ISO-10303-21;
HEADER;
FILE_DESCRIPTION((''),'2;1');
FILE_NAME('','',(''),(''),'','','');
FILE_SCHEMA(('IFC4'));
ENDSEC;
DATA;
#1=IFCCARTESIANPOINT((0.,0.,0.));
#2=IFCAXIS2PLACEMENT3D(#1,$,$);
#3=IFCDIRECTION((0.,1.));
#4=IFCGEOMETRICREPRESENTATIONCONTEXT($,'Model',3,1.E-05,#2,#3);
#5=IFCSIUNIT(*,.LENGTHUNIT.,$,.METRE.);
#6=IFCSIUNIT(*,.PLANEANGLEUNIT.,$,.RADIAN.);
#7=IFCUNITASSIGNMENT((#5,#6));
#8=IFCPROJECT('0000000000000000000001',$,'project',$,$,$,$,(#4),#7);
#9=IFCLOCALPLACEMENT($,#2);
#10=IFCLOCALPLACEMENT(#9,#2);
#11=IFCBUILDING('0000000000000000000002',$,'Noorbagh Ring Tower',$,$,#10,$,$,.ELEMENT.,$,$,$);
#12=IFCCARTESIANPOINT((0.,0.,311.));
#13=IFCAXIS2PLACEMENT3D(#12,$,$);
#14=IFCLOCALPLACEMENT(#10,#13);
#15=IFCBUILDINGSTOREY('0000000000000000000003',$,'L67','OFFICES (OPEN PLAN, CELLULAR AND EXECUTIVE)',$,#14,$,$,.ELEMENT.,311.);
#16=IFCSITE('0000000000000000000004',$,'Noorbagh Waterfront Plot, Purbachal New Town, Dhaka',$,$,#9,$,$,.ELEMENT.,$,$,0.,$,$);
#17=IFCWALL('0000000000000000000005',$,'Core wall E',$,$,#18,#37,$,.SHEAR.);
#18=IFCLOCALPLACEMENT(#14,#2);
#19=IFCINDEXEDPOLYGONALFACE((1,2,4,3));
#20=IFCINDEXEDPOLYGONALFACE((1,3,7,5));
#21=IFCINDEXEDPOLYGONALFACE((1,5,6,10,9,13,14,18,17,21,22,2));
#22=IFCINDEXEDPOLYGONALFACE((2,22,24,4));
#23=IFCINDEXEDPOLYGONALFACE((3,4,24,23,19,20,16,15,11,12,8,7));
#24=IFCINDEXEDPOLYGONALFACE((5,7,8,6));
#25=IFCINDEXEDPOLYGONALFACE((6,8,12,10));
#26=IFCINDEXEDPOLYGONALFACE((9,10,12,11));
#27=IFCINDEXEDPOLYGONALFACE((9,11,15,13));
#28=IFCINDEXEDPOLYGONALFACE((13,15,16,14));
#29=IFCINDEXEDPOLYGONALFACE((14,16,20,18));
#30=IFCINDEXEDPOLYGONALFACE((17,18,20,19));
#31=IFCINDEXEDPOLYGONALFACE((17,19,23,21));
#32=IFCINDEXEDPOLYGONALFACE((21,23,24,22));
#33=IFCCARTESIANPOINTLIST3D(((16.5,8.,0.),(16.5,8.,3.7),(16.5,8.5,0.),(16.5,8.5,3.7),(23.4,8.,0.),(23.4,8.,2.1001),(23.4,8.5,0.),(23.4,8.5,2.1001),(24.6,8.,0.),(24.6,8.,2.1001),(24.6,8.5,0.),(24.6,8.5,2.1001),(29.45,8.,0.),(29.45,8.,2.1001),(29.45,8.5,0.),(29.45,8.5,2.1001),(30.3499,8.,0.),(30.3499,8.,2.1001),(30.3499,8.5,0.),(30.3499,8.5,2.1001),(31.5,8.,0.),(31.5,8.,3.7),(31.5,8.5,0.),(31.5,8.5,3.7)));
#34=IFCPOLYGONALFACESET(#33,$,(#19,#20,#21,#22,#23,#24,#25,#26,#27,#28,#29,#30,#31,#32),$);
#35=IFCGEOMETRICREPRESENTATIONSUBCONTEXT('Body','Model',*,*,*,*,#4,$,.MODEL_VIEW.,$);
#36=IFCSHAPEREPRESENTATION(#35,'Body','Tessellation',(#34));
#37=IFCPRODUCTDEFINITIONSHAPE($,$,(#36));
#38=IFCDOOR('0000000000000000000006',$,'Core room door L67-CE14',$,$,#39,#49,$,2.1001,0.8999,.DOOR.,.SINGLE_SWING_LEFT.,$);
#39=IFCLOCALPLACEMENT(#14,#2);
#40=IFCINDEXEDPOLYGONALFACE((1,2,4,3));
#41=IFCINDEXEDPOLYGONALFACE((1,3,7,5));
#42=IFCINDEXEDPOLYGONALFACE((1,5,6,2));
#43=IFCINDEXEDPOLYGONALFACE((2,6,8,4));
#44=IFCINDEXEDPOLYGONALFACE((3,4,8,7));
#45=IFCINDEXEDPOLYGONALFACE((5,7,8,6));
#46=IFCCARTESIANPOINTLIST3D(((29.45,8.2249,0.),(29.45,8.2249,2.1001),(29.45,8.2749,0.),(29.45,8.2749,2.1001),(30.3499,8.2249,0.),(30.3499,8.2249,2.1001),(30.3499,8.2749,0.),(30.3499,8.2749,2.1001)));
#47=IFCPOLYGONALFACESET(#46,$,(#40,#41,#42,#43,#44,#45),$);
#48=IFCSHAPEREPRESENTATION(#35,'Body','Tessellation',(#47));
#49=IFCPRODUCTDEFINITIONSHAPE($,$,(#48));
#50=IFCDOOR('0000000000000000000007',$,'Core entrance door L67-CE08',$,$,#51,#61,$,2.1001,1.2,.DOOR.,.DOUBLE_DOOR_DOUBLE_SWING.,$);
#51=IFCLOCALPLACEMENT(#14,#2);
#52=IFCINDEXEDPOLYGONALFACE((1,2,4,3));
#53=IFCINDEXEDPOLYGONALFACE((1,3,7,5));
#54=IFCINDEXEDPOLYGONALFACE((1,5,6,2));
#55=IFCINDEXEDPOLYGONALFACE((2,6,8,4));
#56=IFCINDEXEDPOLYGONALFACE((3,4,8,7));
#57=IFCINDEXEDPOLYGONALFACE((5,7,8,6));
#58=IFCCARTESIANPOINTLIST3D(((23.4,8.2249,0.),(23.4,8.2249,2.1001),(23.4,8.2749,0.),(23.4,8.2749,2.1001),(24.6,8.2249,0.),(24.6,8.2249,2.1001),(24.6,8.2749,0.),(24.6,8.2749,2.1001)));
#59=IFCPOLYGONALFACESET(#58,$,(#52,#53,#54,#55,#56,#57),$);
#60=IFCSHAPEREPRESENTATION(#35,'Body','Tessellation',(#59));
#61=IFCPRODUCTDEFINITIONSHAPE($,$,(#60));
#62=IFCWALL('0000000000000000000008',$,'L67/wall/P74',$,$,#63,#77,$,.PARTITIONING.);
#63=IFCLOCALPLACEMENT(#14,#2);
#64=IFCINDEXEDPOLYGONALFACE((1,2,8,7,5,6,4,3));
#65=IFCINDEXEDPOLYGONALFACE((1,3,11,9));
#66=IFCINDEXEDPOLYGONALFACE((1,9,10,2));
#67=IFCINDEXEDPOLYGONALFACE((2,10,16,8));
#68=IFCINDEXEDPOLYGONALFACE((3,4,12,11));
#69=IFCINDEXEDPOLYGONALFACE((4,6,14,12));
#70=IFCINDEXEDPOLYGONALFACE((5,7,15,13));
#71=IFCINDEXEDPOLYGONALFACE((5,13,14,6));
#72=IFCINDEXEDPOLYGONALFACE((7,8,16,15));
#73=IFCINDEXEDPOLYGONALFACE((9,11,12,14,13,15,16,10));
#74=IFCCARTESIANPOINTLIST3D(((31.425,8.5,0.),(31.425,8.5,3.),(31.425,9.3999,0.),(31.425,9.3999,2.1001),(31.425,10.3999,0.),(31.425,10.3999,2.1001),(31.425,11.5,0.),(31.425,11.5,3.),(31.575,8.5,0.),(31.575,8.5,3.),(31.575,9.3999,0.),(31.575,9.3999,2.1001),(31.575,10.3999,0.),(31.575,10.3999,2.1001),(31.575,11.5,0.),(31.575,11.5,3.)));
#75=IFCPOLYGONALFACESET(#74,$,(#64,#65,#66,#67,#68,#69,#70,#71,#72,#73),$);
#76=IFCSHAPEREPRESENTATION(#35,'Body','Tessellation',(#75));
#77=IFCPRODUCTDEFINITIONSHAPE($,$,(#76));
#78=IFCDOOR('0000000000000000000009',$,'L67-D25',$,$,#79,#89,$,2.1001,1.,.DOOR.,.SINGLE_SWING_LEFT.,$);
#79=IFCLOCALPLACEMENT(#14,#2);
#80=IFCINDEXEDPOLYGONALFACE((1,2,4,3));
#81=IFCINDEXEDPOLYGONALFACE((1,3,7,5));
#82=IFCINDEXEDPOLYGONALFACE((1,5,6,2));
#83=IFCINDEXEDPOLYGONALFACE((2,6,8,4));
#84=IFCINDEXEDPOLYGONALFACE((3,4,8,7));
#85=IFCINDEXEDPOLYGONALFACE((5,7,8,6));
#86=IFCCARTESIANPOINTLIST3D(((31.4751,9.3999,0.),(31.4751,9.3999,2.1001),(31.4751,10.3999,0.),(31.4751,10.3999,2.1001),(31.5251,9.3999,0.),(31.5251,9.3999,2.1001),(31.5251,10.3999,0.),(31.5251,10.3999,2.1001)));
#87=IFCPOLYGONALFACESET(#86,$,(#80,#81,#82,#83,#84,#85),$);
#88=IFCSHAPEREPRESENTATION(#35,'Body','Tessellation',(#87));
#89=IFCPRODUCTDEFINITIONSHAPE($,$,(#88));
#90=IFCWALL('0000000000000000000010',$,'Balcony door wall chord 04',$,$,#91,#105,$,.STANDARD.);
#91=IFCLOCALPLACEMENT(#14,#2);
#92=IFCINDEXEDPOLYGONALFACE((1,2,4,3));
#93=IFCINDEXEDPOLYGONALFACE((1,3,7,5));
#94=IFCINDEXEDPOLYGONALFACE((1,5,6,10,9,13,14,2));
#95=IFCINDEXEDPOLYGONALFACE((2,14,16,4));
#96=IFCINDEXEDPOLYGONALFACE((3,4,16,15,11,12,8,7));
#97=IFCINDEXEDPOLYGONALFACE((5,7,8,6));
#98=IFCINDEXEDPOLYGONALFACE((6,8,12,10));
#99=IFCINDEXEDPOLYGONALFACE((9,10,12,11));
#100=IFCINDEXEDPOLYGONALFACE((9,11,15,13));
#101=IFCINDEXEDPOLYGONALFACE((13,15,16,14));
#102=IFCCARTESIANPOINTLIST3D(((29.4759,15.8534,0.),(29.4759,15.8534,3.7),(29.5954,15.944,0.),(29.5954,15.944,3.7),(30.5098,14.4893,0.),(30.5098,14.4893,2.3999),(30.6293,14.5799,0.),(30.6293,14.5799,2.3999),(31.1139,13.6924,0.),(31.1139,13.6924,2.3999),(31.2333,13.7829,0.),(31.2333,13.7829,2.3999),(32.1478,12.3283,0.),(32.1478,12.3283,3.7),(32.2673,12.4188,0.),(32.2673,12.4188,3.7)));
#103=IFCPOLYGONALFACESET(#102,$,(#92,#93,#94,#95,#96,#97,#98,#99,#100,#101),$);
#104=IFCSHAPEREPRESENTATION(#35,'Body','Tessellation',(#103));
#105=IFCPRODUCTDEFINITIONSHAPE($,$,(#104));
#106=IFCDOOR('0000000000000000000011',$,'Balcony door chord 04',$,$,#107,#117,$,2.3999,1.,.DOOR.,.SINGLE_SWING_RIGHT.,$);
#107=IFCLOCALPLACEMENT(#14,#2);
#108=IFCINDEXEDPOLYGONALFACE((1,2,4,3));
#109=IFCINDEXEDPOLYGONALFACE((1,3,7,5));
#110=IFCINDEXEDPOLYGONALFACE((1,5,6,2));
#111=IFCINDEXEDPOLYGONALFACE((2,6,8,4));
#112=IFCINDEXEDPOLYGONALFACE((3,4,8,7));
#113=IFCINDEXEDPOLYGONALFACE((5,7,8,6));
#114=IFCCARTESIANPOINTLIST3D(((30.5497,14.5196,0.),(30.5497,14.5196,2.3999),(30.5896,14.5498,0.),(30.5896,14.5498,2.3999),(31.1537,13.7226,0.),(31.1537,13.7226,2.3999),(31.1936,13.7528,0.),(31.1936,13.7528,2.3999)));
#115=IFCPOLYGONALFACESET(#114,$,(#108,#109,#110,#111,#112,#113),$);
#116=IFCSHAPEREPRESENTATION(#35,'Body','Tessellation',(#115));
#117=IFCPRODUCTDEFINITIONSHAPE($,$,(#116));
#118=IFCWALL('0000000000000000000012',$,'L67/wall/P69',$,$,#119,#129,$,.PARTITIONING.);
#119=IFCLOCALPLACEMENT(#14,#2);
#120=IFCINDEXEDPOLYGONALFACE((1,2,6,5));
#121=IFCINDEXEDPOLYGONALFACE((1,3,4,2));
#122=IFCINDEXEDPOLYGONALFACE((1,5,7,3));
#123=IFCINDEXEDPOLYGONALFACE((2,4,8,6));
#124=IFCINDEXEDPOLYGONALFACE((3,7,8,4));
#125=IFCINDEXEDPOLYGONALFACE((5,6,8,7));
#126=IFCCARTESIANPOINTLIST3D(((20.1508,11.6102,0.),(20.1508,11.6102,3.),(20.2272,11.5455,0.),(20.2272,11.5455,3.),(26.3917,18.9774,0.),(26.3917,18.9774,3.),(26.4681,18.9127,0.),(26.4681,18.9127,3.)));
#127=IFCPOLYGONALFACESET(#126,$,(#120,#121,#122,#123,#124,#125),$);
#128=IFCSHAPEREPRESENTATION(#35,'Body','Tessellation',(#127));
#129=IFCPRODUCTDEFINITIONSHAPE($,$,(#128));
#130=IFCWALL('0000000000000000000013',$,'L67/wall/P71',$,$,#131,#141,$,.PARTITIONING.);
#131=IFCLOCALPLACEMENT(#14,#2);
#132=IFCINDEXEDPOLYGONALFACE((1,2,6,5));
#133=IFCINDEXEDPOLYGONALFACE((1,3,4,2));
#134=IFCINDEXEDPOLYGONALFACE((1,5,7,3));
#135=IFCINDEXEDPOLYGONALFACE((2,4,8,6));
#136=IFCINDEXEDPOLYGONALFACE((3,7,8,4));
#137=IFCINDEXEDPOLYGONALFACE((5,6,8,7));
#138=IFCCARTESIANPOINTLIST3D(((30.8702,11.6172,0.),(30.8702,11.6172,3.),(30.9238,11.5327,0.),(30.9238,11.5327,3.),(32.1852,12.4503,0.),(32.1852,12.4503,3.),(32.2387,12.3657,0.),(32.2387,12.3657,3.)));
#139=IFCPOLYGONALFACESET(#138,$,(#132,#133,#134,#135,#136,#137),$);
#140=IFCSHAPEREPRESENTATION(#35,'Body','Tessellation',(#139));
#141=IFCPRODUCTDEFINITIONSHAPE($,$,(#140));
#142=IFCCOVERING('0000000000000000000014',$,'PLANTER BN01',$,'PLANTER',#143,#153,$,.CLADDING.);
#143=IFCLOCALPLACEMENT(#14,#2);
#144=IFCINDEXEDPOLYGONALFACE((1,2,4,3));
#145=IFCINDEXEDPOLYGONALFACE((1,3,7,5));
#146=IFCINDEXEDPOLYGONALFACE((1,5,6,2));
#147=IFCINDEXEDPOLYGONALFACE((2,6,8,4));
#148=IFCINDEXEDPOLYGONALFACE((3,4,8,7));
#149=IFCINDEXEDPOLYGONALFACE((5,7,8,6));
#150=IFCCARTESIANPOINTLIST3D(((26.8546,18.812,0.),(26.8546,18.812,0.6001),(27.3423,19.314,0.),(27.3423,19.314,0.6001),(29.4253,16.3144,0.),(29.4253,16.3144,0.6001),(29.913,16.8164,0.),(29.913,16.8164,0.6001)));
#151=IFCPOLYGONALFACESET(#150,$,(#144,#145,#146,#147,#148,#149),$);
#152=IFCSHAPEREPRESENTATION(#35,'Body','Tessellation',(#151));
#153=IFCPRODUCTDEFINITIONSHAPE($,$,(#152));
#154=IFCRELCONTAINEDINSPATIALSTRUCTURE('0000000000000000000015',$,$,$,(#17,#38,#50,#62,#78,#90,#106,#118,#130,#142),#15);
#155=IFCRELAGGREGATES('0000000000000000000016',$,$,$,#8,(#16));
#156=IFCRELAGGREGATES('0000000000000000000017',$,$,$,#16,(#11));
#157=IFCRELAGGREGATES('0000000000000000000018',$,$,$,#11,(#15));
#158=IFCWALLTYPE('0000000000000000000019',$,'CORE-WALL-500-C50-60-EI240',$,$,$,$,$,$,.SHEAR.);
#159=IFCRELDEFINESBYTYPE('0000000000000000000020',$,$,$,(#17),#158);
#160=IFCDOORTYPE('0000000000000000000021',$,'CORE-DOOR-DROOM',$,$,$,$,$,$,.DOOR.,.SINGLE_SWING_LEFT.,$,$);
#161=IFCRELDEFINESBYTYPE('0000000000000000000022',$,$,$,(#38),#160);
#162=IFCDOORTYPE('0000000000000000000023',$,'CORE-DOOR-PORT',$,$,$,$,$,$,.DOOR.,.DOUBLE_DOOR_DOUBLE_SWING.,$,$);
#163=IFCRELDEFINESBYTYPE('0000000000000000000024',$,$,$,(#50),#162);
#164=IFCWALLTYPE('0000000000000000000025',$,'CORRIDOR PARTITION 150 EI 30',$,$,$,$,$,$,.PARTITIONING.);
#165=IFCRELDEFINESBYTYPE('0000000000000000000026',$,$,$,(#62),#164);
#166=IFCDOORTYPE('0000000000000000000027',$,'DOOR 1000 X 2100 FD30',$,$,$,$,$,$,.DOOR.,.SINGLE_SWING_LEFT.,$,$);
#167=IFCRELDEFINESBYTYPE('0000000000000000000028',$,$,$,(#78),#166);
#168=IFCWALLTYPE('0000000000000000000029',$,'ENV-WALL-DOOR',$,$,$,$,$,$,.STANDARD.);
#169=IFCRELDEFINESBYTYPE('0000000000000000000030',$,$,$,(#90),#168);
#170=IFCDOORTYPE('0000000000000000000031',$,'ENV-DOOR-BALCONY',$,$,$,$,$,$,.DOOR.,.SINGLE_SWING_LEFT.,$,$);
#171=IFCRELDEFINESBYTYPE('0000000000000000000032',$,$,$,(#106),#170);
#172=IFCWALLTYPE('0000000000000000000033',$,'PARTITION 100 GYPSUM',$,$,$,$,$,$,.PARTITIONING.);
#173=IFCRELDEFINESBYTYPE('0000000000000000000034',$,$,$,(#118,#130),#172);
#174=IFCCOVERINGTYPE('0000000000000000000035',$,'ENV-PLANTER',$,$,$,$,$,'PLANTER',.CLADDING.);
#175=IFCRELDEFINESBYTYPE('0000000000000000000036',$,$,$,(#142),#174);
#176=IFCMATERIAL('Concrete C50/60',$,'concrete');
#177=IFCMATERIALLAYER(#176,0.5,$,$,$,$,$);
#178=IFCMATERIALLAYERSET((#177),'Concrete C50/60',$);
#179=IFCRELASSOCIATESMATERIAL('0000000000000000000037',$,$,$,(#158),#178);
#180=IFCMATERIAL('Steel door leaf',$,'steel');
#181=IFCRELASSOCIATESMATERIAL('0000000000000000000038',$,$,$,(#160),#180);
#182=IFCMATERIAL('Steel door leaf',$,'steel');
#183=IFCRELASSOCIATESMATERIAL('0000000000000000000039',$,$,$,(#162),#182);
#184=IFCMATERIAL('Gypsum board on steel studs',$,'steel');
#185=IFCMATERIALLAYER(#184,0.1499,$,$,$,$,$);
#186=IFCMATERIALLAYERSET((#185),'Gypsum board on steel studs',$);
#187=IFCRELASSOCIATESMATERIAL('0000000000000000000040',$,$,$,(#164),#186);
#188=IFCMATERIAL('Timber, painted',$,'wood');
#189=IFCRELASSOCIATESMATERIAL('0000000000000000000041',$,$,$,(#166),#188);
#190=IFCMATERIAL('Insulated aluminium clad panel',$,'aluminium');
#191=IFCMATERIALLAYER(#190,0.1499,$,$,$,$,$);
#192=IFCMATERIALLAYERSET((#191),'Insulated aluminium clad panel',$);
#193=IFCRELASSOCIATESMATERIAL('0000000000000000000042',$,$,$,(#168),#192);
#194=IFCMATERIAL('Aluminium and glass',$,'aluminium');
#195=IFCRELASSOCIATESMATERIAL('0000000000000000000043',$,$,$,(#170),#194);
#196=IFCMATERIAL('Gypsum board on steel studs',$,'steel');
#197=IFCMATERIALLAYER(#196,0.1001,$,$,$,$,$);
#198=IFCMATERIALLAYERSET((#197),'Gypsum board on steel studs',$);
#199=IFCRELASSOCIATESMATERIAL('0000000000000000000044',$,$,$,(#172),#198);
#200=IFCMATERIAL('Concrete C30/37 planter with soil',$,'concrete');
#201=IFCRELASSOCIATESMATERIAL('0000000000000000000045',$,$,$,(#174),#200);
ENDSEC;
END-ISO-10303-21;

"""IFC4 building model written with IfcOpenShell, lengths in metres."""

from ifc_helpers import new_model, si_unit, direction, frame, frame_2d, origin, origin_2d, place, context, subcontext, project, spatial, rectangle, extrude, material, layer, layer_set, type_object, element, fill, save


model = new_model("IFC4")

# Units and contexts
model_context = context("Model", 3, precision=1e-05, world=origin(), true_north=direction((0.0, 1.0)))
body_context = subcontext(model_context, "Body", "Model", "MODEL_VIEW")
ifc_project = project(units=[si_unit("LENGTHUNIT", "METRE"), si_unit("PLANEANGLEUNIT", "RADIAN")], contexts=[model_context])

# Site, building, storey
site_placement = place(None, origin())
site = spatial("IfcSite", under=ifc_project, at=site_placement, Name="Noorbagh Waterfront Plot, Purbachal New Town, Dhaka", CompositionType="ELEMENT", RefElevation=0.0)
building_placement = place(site_placement, origin())
building = spatial("IfcBuilding", under=site, at=building_placement, Name="Noorbagh Ring Tower", CompositionType="ELEMENT")
storey_placement = place(building_placement, frame((0.0, 0.0, 311.0)))
storey = spatial("IfcBuildingStorey", under=building, at=storey_placement, Name="L67", Description="OFFICES (OPEN PLAN, CELLULAR AND EXECUTIVE)", CompositionType="ELEMENT", Elevation=311.0)

# Wall, openings, doors
ifc_material_1 = material(Name="Concrete C50/60", Category="concrete")
ifc_layer_1 = layer(ifc_material_1, 0.5)
ifc_layer_set_1 = layer_set([ifc_layer_1], Name="Concrete C50/60")
wall_type_1 = type_object("IfcWallType", Name="CORE-WALL-500-C50-60-EI240", PredefinedType="SHEAR", material=ifc_layer_set_1)
wall_1_placement = place(storey_placement, frame((16.5, 8.25, 0.0), z_axis=(0.0, 0.0, 1.0), x_axis=(1.0, 0.0, 0.0)))
wall_1 = element("IfcWall", 1, at=wall_1_placement, inside=storey, type_object=wall_type_1, Name="Core wall E", PredefinedType="SHEAR", context=body_context, shape_type="SweptSolid", body=[
    extrude(rectangle(XDim=15.0, YDim=0.5, at=frame_2d((7.5, 0.0))), origin(), (0.0, 0.0, 1.0), 3.7),
])
opening_1_placement = place(wall_1_placement, frame((6.8999, 0.0, 0.0)))
opening_1 = element("IfcOpeningElement", 2, at=opening_1_placement, cuts=wall_1, PredefinedType="OPENING", context=body_context, shape_type="SweptSolid", body=[
    extrude(rectangle(XDim=1.2, YDim=2.1001, at=frame_2d((0.6001, 1.05))), frame((0.0, 0.26, 0.0), z_axis=(0.0, -1.0, 0.0), x_axis=(1.0, 0.0, 0.0)), (0.0, 0.0, 1.0), 0.52),
])
opening_2_placement = place(wall_1_placement, frame((12.95, 0.0, 0.0)))
opening_2 = element("IfcOpeningElement", 3, at=opening_2_placement, cuts=wall_1, PredefinedType="OPENING", context=body_context, shape_type="SweptSolid", body=[
    extrude(rectangle(XDim=0.8999, YDim=2.1001, at=frame_2d((0.45, 1.05))), frame((0.0, 0.26, 0.0), z_axis=(0.0, -1.0, 0.0), x_axis=(1.0, 0.0, 0.0)), (0.0, 0.0, 1.0), 0.52),
])
ifc_material_2 = material(Name="Steel door leaf", Category="steel")
door_type_1 = type_object("IfcDoorType", Name="CORE-DOOR-DROOM", OperationType="SINGLE_SWING_LEFT", PredefinedType="DOOR", material=ifc_material_2)
door_1_placement = place(opening_2_placement, origin())
door_1 = element("IfcDoor", 4, at=door_1_placement, inside=storey, type_object=door_type_1, Name="Core room door L67-CE14", OperationType="SINGLE_SWING_LEFT", OverallHeight=2.1001, OverallWidth=0.8999, PredefinedType="DOOR", context=body_context, shape_type="SweptSolid", body=[
    extrude(rectangle(XDim=0.8999, YDim=2.1001, at=frame_2d((0.45, 1.05))), frame((0.0, 0.0249, 0.0), z_axis=(0.0, -1.0, 0.0), x_axis=(1.0, 0.0, 0.0)), (0.0, 0.0, 1.0), 0.05),
])
fill(opening_2, door_1)
ifc_material_3 = material(Name="Steel door leaf", Category="steel")
door_type_2 = type_object("IfcDoorType", Name="CORE-DOOR-PORT", OperationType="DOUBLE_DOOR_DOUBLE_SWING", PredefinedType="DOOR", material=ifc_material_3)
door_2_placement = place(opening_1_placement, origin())
door_2 = element("IfcDoor", 5, at=door_2_placement, inside=storey, type_object=door_type_2, Name="Core entrance door L67-CE08", OperationType="DOUBLE_DOOR_DOUBLE_SWING", OverallHeight=2.1001, OverallWidth=1.2, PredefinedType="DOOR", context=body_context, shape_type="SweptSolid", body=[
    extrude(rectangle(XDim=1.2, YDim=2.1001, at=frame_2d((0.6001, 1.05))), frame((0.0, 0.0249, 0.0), z_axis=(0.0, -1.0, 0.0), x_axis=(1.0, 0.0, 0.0)), (0.0, 0.0, 1.0), 0.05),
])
fill(opening_1, door_2)

# Walls, openings, doors
ifc_material_4 = material(Name="Gypsum board on steel studs", Category="steel")
ifc_layer_2 = layer(ifc_material_4, 0.1499)
ifc_layer_set_2 = layer_set([ifc_layer_2], Name="Gypsum board on steel studs")
wall_type_2 = type_object("IfcWallType", Name="CORRIDOR PARTITION 150 EI 30", PredefinedType="PARTITIONING", material=ifc_layer_set_2)
wall_2_placement = place(storey_placement, frame((31.5, 8.5, 0.0), z_axis=(0.0, 0.0, 1.0), x_axis=(0.0, 1.0, 0.0)))
wall_2 = element("IfcWall", 6, at=wall_2_placement, inside=storey, type_object=wall_type_2, Name="L67/wall/P74", PredefinedType="PARTITIONING", context=body_context, shape_type="SweptSolid", body=[
    extrude(rectangle(XDim=3.0, YDim=0.1499, at=frame_2d((1.5, 0.0))), origin(), (0.0, 0.0, 1.0), 3.0),
])
opening_3_placement = place(wall_2_placement, frame((0.8999, 0.0, 0.0)))
opening_3 = element("IfcOpeningElement", 7, at=opening_3_placement, cuts=wall_2, PredefinedType="OPENING", context=body_context, shape_type="SweptSolid", body=[
    extrude(rectangle(XDim=1.0, YDim=2.1001, at=frame_2d((0.5, 1.05))), frame((0.0, 0.085, 0.0), z_axis=(0.0, -1.0, 0.0), x_axis=(1.0, 0.0, 0.0)), (0.0, 0.0, 1.0), 0.1699),
])
ifc_material_5 = material(Name="Timber, painted", Category="wood")
door_type_3 = type_object("IfcDoorType", Name="DOOR 1000 X 2100 FD30", OperationType="SINGLE_SWING_LEFT", PredefinedType="DOOR", material=ifc_material_5)
door_3_placement = place(opening_3_placement, origin())
door_3 = element("IfcDoor", 8, at=door_3_placement, inside=storey, type_object=door_type_3, Name="L67-D25", OperationType="SINGLE_SWING_LEFT", OverallHeight=2.1001, OverallWidth=1.0, PredefinedType="DOOR", context=body_context, shape_type="SweptSolid", body=[
    extrude(rectangle(XDim=1.0, YDim=2.1001, at=frame_2d((0.5, 1.05))), frame((0.0, 0.0249, 0.0), z_axis=(0.0, -1.0, 0.0), x_axis=(1.0, 0.0, 0.0)), (0.0, 0.0, 1.0), 0.05),
])
fill(opening_3, door_3)
ifc_material_6 = material(Name="Insulated aluminium clad panel", Category="aluminium")
ifc_layer_3 = layer(ifc_material_6, 0.1499)
ifc_layer_set_3 = layer_set([ifc_layer_3], Name="Insulated aluminium clad panel")
wall_type_3 = type_object("IfcWallType", Name="ENV-WALL-DOOR", PredefinedType="STANDARD", material=ifc_layer_set_3)
wall_3_placement = place(storey_placement, frame((32.2075, 12.3735, 0.0), z_axis=(0.0, 0.0, 1.0), x_axis=(-0.604046, 0.79695, 0.0)))
wall_3 = element("IfcWall", 9, at=wall_3_placement, inside=storey, type_object=wall_type_3, Name="Balcony door wall chord 04", PredefinedType="STANDARD", context=body_context, shape_type="SweptSolid", body=[
    extrude(rectangle(XDim=4.4233, YDim=0.1499, at=frame_2d((2.2117, 0.0))), origin(), (0.0, 0.0, 1.0), 3.7),
])
opening_4_placement = place(wall_3_placement, frame((1.7117, 0.0, 0.0)))
opening_4 = element("IfcOpeningElement", 10, at=opening_4_placement, cuts=wall_3, PredefinedType="OPENING", context=body_context, shape_type="SweptSolid", body=[
    extrude(rectangle(XDim=1.0, YDim=2.3999, at=frame_2d((0.5, 1.2))), frame((0.0, 0.085, 0.0), z_axis=(0.0, -1.0, 0.0), x_axis=(1.0, 0.0, 0.0)), (0.0, 0.0, 1.0), 0.1699),
])
ifc_material_7 = material(Name="Aluminium and glass", Category="aluminium")
door_type_4 = type_object("IfcDoorType", Name="ENV-DOOR-BALCONY", OperationType="SINGLE_SWING_LEFT", PredefinedType="DOOR", material=ifc_material_7)
door_4_placement = place(opening_4_placement, origin())
door_4 = element("IfcDoor", 11, at=door_4_placement, inside=storey, type_object=door_type_4, Name="Balcony door chord 04", OperationType="SINGLE_SWING_RIGHT", OverallHeight=2.3999, OverallWidth=1.0, PredefinedType="DOOR", context=body_context, shape_type="SweptSolid", body=[
    extrude(rectangle(XDim=1.0, YDim=2.3999, at=frame_2d((0.5, 1.2))), frame((0.0, 0.0249, 0.0), z_axis=(0.0, -1.0, 0.0), x_axis=(1.0, 0.0, 0.0)), (0.0, 0.0, 1.0), 0.05),
])
fill(opening_4, door_4)

# Walls
ifc_material_8 = material(Name="Gypsum board on steel studs", Category="steel")
ifc_layer_4 = layer(ifc_material_8, 0.1001)
ifc_layer_set_4 = layer_set([ifc_layer_4], Name="Gypsum board on steel studs")
wall_type_4 = type_object("IfcWallType", Name="PARTITION 100 GYPSUM", PredefinedType="PARTITIONING", material=ifc_layer_set_4)
wall_4_placement = place(storey_placement, frame((20.189, 11.5779, 0.0), z_axis=(0.0, 0.0, 1.0), x_axis=(0.646376, 0.763019, 0.0)))
element("IfcWall", 12, at=wall_4_placement, inside=storey, type_object=wall_type_4, Name="L67/wall/P69", PredefinedType="PARTITIONING", context=body_context, shape_type="SweptSolid", body=[
    extrude(rectangle(XDim=9.6553, YDim=0.1001, at=frame_2d((4.8276, 0.0))), origin(), (0.0, 0.0, 1.0), 3.0),
])
wall_5_placement = place(storey_placement, frame((30.897, 11.575, 0.0), z_axis=(0.0, 0.0, 1.0), x_axis=(0.844758, 0.535149, 0.0)))
element("IfcWall", 13, at=wall_5_placement, inside=storey, type_object=wall_type_4, Name="L67/wall/P71", PredefinedType="PARTITIONING", context=body_context, shape_type="SweptSolid", body=[
    extrude(rectangle(XDim=1.5566, YDim=0.1001, at=frame_2d((0.7783, 0.0))), origin(), (0.0, 0.0, 1.0), 3.0),
])

# Covering
ifc_material_9 = material(Name="Concrete C30/37 planter with soil", Category="concrete")
covering_type = type_object("IfcCoveringType", Name="ENV-PLANTER", ElementType="PLANTER", PredefinedType="CLADDING", material=ifc_material_9)
covering_placement = place(storey_placement, frame((28.3838, 17.8142, 0.0), z_axis=(0.0, 0.0, 1.0), x_axis=(-0.717225, 0.696842, 0.0)))
element("IfcCovering", 14, at=covering_placement, inside=storey, type_object=covering_type, Name="PLANTER BN01", ObjectType="PLANTER", PredefinedType="CLADDING", context=body_context, shape_type="SweptSolid", body=[
    extrude(rectangle(XDim=3.5842, YDim=0.7, at=origin_2d()), origin(), (0.0, 0.0, 1.0), 0.6001),
])

save(model, "model.ifc")
